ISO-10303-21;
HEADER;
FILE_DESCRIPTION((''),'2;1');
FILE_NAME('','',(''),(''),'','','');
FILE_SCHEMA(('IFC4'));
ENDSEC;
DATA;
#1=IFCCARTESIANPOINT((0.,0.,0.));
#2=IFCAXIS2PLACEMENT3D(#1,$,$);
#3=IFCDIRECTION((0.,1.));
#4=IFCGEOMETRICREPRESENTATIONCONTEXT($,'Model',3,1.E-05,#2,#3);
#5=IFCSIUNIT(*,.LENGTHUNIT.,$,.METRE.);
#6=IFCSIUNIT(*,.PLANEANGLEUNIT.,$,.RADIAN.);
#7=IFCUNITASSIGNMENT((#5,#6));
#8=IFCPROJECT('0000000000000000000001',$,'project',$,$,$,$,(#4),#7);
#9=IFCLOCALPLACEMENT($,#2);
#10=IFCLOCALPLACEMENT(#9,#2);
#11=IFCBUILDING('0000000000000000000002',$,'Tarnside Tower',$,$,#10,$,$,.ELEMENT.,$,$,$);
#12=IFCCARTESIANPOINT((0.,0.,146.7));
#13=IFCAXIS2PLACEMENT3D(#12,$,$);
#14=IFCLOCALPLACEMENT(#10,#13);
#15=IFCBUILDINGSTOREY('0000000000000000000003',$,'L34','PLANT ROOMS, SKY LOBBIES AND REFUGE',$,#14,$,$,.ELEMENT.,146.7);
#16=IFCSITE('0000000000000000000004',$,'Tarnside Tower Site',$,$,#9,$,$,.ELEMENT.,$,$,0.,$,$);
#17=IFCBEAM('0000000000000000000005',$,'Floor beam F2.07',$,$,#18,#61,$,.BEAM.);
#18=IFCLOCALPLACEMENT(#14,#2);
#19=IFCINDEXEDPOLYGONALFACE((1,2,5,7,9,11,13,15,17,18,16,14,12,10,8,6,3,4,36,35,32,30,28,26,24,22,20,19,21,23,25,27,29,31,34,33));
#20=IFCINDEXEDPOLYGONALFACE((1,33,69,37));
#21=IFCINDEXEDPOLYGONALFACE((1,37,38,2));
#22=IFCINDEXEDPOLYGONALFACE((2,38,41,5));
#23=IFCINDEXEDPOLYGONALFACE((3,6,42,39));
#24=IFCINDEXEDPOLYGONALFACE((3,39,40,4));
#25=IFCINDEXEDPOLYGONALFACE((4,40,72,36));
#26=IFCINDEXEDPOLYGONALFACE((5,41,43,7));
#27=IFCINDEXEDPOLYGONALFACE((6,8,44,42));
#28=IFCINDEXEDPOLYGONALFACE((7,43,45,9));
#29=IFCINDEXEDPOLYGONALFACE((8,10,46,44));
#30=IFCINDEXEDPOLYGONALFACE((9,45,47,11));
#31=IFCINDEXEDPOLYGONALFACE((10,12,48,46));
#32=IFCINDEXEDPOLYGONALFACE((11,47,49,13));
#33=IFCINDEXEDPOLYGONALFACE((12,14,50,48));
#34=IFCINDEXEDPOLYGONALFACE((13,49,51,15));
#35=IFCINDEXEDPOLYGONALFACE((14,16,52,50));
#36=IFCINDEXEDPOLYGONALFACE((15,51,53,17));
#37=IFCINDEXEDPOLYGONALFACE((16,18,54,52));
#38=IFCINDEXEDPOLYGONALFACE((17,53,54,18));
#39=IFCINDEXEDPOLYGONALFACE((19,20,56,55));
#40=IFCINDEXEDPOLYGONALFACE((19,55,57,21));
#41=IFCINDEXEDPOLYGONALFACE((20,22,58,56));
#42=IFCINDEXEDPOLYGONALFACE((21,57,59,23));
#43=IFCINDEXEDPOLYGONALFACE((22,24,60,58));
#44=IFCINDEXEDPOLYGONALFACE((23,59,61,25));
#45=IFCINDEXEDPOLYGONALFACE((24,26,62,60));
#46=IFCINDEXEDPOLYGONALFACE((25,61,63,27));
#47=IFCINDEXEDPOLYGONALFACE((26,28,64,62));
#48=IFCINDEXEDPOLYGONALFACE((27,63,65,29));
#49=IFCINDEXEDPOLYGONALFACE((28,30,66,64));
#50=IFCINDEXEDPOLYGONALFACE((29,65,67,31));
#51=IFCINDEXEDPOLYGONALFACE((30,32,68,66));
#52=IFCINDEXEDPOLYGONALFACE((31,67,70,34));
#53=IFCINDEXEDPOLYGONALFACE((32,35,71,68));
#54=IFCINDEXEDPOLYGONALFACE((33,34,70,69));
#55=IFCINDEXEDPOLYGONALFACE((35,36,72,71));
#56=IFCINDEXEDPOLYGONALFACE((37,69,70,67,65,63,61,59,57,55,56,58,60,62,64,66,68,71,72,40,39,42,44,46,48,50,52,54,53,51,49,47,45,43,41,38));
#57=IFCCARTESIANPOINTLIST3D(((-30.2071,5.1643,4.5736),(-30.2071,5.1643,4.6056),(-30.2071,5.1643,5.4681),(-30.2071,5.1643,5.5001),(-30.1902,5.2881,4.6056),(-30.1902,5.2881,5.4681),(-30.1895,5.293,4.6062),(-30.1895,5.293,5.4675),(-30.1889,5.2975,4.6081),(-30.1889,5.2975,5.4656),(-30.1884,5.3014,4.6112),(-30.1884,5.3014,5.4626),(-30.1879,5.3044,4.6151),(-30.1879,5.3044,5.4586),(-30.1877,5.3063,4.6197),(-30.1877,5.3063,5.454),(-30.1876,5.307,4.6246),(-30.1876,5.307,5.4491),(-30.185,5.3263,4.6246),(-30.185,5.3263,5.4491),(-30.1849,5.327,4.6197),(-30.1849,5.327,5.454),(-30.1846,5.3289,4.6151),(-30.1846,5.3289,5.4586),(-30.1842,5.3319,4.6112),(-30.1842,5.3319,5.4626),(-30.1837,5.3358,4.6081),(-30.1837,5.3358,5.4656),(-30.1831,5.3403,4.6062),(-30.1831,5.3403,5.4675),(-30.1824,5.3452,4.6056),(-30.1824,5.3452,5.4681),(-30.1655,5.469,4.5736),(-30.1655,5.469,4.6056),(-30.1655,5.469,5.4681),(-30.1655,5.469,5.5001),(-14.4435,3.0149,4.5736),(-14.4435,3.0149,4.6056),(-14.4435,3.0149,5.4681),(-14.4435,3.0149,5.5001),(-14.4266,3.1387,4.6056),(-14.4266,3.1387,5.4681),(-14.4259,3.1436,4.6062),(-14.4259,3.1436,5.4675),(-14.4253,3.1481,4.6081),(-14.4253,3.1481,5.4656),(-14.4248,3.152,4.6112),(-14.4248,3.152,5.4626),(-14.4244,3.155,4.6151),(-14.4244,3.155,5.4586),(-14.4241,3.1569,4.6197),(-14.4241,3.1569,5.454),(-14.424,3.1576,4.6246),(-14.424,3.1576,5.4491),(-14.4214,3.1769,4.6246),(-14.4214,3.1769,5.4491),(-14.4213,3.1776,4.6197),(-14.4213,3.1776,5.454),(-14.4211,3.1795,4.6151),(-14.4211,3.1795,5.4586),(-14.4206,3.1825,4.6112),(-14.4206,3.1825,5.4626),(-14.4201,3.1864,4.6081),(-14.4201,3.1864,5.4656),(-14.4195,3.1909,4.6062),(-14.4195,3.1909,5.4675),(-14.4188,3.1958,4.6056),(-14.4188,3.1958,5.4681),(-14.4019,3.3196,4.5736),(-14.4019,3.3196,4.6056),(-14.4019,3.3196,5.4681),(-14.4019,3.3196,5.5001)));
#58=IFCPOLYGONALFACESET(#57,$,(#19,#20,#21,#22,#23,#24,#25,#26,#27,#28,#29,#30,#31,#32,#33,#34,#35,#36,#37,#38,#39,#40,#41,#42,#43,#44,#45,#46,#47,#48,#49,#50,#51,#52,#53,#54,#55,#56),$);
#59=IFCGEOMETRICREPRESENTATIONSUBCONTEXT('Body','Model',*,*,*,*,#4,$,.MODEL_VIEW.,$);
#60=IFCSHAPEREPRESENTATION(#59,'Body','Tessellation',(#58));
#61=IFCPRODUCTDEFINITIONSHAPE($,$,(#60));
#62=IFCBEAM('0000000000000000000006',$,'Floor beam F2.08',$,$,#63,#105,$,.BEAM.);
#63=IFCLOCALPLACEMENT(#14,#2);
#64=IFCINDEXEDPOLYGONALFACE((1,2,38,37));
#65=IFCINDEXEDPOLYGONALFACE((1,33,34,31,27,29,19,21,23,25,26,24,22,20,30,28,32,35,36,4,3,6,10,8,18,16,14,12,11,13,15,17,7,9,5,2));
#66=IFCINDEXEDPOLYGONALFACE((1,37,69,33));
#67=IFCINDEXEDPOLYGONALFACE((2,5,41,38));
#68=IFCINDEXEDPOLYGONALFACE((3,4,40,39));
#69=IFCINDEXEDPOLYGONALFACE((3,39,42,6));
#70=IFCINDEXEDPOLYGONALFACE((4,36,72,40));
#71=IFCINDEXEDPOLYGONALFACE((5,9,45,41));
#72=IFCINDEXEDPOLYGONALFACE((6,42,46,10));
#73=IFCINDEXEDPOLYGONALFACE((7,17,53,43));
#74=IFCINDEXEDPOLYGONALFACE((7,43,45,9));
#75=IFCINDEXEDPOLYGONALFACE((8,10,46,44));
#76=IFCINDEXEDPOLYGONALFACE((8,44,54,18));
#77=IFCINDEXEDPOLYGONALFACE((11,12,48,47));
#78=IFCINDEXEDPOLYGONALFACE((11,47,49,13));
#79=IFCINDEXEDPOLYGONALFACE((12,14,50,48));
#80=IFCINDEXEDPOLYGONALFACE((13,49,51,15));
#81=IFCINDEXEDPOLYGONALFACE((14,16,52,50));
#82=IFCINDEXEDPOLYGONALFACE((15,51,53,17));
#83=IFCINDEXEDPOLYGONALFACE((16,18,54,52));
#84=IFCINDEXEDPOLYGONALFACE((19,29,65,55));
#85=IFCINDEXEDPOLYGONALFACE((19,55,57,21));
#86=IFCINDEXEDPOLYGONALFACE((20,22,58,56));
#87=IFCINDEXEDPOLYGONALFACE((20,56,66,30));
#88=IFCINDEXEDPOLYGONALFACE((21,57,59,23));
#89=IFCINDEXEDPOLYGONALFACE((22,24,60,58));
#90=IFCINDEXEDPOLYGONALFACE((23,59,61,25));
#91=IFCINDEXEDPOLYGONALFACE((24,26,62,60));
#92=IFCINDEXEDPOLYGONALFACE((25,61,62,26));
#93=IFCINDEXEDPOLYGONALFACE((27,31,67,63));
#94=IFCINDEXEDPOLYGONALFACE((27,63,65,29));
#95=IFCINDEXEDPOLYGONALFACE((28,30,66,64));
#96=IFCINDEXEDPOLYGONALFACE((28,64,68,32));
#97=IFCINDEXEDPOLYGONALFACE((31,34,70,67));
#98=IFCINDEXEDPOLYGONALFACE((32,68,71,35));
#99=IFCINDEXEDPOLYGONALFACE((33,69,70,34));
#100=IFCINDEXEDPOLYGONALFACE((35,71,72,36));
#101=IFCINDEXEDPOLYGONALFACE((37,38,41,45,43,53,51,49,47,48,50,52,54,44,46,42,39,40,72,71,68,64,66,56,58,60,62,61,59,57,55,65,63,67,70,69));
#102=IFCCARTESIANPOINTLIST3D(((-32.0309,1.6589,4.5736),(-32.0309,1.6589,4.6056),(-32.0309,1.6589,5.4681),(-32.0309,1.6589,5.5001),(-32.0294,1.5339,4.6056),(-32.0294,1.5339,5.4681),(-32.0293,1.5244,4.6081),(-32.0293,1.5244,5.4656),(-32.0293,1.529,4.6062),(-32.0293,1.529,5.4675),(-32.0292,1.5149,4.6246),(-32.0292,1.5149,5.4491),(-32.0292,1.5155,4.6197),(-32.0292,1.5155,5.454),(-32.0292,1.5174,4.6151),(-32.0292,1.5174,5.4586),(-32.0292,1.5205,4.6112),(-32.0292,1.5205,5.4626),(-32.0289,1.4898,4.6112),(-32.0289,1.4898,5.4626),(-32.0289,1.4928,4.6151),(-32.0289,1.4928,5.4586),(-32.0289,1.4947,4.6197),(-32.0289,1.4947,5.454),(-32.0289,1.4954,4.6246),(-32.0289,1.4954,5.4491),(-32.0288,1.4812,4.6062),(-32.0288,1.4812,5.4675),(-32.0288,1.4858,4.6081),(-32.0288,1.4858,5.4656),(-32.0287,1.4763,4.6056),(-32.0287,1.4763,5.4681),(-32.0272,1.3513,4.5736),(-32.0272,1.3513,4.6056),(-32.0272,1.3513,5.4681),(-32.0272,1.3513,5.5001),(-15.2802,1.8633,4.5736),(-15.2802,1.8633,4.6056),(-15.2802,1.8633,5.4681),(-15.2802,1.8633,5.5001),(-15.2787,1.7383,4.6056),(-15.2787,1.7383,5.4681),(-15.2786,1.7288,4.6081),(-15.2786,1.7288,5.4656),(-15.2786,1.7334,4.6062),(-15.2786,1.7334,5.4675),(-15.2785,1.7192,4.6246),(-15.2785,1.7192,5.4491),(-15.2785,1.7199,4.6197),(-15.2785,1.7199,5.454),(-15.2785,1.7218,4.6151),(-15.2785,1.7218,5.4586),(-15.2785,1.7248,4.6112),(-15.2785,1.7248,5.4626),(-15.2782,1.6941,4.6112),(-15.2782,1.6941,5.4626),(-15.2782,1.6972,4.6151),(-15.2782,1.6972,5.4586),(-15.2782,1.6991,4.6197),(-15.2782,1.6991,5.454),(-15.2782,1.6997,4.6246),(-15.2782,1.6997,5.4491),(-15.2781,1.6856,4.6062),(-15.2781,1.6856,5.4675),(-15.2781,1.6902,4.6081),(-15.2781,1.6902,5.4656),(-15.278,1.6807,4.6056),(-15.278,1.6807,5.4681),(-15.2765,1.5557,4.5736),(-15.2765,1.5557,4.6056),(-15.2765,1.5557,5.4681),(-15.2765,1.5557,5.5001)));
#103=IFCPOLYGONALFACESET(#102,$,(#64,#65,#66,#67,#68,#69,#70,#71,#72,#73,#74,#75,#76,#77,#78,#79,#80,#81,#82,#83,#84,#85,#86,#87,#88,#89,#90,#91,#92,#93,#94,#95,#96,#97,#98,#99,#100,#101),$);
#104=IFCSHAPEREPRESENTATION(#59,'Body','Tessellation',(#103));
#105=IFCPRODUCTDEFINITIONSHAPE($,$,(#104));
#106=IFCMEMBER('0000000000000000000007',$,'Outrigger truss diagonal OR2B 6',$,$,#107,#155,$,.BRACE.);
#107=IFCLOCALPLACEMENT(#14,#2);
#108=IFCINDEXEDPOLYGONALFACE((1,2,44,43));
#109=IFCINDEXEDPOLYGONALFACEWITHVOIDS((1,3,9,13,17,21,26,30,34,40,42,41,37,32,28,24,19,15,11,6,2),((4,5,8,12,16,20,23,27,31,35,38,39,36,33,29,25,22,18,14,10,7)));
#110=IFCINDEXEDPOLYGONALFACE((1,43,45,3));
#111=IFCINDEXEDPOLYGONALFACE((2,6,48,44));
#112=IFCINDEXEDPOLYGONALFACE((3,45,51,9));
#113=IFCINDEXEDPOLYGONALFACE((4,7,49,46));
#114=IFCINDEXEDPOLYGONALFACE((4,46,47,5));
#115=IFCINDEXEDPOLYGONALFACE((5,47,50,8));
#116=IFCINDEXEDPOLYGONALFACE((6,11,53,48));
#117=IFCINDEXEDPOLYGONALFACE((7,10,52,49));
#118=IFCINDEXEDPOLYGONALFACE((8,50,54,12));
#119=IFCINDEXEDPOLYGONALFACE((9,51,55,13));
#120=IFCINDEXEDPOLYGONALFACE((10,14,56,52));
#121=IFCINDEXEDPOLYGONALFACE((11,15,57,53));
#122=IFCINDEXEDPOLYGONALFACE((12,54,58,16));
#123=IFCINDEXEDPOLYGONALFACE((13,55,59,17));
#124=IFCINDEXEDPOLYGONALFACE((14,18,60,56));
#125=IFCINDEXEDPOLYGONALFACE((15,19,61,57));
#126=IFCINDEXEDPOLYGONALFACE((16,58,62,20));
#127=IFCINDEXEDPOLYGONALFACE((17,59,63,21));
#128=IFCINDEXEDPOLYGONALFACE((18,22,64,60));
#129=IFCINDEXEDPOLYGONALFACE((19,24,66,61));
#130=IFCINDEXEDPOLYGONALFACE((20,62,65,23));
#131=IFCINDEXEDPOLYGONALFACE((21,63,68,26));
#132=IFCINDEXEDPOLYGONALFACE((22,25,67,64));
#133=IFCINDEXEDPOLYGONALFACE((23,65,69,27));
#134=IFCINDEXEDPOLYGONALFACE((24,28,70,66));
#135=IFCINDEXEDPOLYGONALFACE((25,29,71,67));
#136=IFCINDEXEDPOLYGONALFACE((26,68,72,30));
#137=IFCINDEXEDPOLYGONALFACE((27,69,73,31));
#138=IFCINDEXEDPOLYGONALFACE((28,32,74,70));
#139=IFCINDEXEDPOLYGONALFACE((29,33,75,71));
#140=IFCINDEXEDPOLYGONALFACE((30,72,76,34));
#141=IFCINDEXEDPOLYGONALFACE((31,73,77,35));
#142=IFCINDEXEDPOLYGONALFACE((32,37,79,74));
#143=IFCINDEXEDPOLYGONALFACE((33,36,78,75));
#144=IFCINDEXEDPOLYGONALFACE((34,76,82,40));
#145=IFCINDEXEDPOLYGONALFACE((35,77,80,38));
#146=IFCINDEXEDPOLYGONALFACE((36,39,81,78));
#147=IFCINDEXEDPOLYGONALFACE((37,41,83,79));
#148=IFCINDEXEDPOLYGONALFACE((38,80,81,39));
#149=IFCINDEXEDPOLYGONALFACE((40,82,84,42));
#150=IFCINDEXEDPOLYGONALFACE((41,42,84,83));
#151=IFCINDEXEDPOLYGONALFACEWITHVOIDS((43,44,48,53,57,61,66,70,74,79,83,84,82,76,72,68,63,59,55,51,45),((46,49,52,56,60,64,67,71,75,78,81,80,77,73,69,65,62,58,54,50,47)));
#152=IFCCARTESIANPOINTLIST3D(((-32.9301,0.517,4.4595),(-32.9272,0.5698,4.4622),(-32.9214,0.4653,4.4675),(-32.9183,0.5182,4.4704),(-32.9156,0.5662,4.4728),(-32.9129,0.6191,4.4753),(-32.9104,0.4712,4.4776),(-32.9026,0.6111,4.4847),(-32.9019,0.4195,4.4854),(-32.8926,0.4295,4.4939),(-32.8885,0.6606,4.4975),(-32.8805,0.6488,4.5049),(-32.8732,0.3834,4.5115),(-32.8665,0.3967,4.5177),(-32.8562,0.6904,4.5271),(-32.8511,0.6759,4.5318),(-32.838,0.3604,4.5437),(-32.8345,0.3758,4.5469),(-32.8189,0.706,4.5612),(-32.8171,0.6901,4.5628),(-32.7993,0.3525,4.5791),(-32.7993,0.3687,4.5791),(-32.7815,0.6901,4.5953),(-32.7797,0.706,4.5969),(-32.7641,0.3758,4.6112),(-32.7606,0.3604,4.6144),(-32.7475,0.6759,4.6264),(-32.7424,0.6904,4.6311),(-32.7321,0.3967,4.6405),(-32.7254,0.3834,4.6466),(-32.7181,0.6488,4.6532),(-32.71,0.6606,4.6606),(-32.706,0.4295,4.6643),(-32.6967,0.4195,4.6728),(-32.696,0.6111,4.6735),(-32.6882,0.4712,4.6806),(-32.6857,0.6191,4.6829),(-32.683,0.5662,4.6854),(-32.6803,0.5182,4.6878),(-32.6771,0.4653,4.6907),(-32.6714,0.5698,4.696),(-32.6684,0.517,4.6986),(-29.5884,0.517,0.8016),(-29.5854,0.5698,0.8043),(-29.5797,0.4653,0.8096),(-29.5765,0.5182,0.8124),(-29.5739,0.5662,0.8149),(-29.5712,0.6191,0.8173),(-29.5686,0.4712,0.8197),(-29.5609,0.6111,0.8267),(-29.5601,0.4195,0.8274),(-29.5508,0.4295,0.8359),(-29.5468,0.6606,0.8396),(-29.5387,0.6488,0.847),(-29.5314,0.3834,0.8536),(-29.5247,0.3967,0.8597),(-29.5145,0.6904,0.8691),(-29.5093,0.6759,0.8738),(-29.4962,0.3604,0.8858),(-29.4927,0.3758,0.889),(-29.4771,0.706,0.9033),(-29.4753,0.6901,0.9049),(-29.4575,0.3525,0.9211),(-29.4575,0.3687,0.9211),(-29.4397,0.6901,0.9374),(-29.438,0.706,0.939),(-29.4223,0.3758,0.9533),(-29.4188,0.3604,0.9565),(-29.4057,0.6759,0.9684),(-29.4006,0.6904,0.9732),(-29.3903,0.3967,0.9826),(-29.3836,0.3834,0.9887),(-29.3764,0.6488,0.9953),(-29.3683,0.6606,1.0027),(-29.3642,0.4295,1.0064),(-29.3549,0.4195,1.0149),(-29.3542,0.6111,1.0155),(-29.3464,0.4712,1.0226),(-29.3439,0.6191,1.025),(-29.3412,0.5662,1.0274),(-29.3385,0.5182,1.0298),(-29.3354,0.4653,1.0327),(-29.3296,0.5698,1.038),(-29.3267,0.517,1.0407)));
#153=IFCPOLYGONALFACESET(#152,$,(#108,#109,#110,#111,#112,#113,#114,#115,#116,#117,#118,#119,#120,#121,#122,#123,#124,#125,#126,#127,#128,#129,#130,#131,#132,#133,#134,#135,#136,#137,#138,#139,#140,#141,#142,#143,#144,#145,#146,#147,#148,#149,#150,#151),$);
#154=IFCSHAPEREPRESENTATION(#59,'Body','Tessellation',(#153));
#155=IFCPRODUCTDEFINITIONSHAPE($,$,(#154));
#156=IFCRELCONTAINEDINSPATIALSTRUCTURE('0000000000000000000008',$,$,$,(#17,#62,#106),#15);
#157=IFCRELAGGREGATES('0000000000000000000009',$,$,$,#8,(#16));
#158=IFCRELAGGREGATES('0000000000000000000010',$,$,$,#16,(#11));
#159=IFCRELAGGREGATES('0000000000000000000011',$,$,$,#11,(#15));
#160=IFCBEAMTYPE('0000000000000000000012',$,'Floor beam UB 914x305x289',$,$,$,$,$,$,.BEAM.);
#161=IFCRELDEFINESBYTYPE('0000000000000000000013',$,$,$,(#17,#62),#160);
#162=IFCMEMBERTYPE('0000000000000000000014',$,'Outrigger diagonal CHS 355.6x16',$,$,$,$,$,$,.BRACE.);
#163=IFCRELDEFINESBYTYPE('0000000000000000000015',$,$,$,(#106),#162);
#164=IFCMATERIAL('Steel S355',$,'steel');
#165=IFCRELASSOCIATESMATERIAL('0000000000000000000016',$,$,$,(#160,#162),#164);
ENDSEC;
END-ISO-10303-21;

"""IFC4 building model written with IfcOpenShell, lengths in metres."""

from ifc_helpers import new_model, si_unit, direction, frame, origin, origin_2d, place, context, subcontext, project, spatial, hollow_circle, i_section, extrude, material, material_profile, profile_set, type_object, element, save


model = new_model("IFC4")

# Units and contexts
model_context = context("Model", 3, precision=1e-05, world=origin(), true_north=direction((0.0, 1.0)))
body_context = subcontext(model_context, "Body", "Model", "MODEL_VIEW")
ifc_project = project(units=[si_unit("LENGTHUNIT", "METRE"), si_unit("PLANEANGLEUNIT", "RADIAN")], contexts=[model_context])

# Site, building, storey
site_placement = place(None, origin())
site = spatial("IfcSite", under=ifc_project, at=site_placement, Name="Tarnside Tower Site", CompositionType="ELEMENT", RefElevation=0.0)
building_placement = place(site_placement, origin())
building = spatial("IfcBuilding", under=site, at=building_placement, Name="Tarnside Tower", CompositionType="ELEMENT")
storey_placement = place(building_placement, frame((0.0, 0.0, 146.7)))
storey = spatial("IfcBuildingStorey", under=building, at=storey_placement, Name="L34", Description="PLANT ROOMS, SKY LOBBIES AND REFUGE", CompositionType="ELEMENT", Elevation=146.7)

# Beams
ifc_material_1 = material(Name="Steel S355", Category="steel")
ifc_material_profile_1 = material_profile(ifc_material_1, i_section(OverallWidth=0.3076, OverallDepth=0.9265, WebThickness=0.0195, FlangeThickness=0.032, FilletRadius=0.019, at=origin_2d()), Name="UB 914x305x289")
ifc_profile_set_1 = profile_set([ifc_material_profile_1], Name="Steel S355")
beam_type = type_object("IfcBeamType", Name="Floor beam UB 914x305x289", PredefinedType="BEAM", material=ifc_profile_set_1)
beam_1_placement = place(storey_placement, frame((-30.1863, 5.3167, 5.0369), z_axis=(0.990832, -0.135102, 0.0), x_axis=(0.135102, 0.990832, 0.0)))
element("IfcBeam", 1, at=beam_1_placement, inside=storey, type_object=beam_type, Name="Floor beam F2.07", PredefinedType="BEAM", context=body_context, shape_type="SweptSolid", body=[
    extrude(i_section(OverallWidth=0.3076, OverallDepth=0.9265, WebThickness=0.0195, FlangeThickness=0.032, FilletRadius=0.019, at=origin_2d()), origin(), (0.0, 0.0, 1.0), 15.9094),
])
beam_2_placement = place(storey_placement, frame((-32.0291, 1.5051, 5.0369), z_axis=(0.999926, 0.012198, 0.0), x_axis=(-0.012198, 0.999926, 0.0)))
element("IfcBeam", 2, at=beam_2_placement, inside=storey, type_object=beam_type, Name="Floor beam F2.08", PredefinedType="BEAM", context=body_context, shape_type="SweptSolid", body=[
    extrude(i_section(OverallWidth=0.3076, OverallDepth=0.9265, WebThickness=0.0195, FlangeThickness=0.032, FilletRadius=0.019, at=origin_2d()), origin(), (0.0, 0.0, 1.0), 16.752),
])

# Member
ifc_material_profile_2 = material_profile(ifc_material_1, hollow_circle(Radius=0.1777, WallThickness=0.0161, at=origin_2d()), Name="CHS 355.6x16")
ifc_profile_set_2 = profile_set([ifc_material_profile_2], Name="Steel S355")
member_type_1 = type_object("IfcMemberType", Name="Outrigger diagonal CHS 355.6x16", PredefinedType="BRACE", material=ifc_profile_set_2)
member_1_placement = place(storey_placement, frame((-29.4575, 0.5303, 0.9211), z_axis=(-0.674481, 0.0, 0.738292), x_axis=(0.0, -1.0, 0.0)))
element("IfcMember", 3, at=member_1_placement, inside=storey, type_object=member_type_1, Name="Outrigger truss diagonal OR2B 6", PredefinedType="BRACE", context=body_context, shape_type="SweptSolid", body=[
    extrude(hollow_circle(Radius=0.1777, WallThickness=0.0161, at=origin_2d()), origin(), (0.0, 0.0, 1.0), 4.9546),
])

save(model, "model.ifc")
